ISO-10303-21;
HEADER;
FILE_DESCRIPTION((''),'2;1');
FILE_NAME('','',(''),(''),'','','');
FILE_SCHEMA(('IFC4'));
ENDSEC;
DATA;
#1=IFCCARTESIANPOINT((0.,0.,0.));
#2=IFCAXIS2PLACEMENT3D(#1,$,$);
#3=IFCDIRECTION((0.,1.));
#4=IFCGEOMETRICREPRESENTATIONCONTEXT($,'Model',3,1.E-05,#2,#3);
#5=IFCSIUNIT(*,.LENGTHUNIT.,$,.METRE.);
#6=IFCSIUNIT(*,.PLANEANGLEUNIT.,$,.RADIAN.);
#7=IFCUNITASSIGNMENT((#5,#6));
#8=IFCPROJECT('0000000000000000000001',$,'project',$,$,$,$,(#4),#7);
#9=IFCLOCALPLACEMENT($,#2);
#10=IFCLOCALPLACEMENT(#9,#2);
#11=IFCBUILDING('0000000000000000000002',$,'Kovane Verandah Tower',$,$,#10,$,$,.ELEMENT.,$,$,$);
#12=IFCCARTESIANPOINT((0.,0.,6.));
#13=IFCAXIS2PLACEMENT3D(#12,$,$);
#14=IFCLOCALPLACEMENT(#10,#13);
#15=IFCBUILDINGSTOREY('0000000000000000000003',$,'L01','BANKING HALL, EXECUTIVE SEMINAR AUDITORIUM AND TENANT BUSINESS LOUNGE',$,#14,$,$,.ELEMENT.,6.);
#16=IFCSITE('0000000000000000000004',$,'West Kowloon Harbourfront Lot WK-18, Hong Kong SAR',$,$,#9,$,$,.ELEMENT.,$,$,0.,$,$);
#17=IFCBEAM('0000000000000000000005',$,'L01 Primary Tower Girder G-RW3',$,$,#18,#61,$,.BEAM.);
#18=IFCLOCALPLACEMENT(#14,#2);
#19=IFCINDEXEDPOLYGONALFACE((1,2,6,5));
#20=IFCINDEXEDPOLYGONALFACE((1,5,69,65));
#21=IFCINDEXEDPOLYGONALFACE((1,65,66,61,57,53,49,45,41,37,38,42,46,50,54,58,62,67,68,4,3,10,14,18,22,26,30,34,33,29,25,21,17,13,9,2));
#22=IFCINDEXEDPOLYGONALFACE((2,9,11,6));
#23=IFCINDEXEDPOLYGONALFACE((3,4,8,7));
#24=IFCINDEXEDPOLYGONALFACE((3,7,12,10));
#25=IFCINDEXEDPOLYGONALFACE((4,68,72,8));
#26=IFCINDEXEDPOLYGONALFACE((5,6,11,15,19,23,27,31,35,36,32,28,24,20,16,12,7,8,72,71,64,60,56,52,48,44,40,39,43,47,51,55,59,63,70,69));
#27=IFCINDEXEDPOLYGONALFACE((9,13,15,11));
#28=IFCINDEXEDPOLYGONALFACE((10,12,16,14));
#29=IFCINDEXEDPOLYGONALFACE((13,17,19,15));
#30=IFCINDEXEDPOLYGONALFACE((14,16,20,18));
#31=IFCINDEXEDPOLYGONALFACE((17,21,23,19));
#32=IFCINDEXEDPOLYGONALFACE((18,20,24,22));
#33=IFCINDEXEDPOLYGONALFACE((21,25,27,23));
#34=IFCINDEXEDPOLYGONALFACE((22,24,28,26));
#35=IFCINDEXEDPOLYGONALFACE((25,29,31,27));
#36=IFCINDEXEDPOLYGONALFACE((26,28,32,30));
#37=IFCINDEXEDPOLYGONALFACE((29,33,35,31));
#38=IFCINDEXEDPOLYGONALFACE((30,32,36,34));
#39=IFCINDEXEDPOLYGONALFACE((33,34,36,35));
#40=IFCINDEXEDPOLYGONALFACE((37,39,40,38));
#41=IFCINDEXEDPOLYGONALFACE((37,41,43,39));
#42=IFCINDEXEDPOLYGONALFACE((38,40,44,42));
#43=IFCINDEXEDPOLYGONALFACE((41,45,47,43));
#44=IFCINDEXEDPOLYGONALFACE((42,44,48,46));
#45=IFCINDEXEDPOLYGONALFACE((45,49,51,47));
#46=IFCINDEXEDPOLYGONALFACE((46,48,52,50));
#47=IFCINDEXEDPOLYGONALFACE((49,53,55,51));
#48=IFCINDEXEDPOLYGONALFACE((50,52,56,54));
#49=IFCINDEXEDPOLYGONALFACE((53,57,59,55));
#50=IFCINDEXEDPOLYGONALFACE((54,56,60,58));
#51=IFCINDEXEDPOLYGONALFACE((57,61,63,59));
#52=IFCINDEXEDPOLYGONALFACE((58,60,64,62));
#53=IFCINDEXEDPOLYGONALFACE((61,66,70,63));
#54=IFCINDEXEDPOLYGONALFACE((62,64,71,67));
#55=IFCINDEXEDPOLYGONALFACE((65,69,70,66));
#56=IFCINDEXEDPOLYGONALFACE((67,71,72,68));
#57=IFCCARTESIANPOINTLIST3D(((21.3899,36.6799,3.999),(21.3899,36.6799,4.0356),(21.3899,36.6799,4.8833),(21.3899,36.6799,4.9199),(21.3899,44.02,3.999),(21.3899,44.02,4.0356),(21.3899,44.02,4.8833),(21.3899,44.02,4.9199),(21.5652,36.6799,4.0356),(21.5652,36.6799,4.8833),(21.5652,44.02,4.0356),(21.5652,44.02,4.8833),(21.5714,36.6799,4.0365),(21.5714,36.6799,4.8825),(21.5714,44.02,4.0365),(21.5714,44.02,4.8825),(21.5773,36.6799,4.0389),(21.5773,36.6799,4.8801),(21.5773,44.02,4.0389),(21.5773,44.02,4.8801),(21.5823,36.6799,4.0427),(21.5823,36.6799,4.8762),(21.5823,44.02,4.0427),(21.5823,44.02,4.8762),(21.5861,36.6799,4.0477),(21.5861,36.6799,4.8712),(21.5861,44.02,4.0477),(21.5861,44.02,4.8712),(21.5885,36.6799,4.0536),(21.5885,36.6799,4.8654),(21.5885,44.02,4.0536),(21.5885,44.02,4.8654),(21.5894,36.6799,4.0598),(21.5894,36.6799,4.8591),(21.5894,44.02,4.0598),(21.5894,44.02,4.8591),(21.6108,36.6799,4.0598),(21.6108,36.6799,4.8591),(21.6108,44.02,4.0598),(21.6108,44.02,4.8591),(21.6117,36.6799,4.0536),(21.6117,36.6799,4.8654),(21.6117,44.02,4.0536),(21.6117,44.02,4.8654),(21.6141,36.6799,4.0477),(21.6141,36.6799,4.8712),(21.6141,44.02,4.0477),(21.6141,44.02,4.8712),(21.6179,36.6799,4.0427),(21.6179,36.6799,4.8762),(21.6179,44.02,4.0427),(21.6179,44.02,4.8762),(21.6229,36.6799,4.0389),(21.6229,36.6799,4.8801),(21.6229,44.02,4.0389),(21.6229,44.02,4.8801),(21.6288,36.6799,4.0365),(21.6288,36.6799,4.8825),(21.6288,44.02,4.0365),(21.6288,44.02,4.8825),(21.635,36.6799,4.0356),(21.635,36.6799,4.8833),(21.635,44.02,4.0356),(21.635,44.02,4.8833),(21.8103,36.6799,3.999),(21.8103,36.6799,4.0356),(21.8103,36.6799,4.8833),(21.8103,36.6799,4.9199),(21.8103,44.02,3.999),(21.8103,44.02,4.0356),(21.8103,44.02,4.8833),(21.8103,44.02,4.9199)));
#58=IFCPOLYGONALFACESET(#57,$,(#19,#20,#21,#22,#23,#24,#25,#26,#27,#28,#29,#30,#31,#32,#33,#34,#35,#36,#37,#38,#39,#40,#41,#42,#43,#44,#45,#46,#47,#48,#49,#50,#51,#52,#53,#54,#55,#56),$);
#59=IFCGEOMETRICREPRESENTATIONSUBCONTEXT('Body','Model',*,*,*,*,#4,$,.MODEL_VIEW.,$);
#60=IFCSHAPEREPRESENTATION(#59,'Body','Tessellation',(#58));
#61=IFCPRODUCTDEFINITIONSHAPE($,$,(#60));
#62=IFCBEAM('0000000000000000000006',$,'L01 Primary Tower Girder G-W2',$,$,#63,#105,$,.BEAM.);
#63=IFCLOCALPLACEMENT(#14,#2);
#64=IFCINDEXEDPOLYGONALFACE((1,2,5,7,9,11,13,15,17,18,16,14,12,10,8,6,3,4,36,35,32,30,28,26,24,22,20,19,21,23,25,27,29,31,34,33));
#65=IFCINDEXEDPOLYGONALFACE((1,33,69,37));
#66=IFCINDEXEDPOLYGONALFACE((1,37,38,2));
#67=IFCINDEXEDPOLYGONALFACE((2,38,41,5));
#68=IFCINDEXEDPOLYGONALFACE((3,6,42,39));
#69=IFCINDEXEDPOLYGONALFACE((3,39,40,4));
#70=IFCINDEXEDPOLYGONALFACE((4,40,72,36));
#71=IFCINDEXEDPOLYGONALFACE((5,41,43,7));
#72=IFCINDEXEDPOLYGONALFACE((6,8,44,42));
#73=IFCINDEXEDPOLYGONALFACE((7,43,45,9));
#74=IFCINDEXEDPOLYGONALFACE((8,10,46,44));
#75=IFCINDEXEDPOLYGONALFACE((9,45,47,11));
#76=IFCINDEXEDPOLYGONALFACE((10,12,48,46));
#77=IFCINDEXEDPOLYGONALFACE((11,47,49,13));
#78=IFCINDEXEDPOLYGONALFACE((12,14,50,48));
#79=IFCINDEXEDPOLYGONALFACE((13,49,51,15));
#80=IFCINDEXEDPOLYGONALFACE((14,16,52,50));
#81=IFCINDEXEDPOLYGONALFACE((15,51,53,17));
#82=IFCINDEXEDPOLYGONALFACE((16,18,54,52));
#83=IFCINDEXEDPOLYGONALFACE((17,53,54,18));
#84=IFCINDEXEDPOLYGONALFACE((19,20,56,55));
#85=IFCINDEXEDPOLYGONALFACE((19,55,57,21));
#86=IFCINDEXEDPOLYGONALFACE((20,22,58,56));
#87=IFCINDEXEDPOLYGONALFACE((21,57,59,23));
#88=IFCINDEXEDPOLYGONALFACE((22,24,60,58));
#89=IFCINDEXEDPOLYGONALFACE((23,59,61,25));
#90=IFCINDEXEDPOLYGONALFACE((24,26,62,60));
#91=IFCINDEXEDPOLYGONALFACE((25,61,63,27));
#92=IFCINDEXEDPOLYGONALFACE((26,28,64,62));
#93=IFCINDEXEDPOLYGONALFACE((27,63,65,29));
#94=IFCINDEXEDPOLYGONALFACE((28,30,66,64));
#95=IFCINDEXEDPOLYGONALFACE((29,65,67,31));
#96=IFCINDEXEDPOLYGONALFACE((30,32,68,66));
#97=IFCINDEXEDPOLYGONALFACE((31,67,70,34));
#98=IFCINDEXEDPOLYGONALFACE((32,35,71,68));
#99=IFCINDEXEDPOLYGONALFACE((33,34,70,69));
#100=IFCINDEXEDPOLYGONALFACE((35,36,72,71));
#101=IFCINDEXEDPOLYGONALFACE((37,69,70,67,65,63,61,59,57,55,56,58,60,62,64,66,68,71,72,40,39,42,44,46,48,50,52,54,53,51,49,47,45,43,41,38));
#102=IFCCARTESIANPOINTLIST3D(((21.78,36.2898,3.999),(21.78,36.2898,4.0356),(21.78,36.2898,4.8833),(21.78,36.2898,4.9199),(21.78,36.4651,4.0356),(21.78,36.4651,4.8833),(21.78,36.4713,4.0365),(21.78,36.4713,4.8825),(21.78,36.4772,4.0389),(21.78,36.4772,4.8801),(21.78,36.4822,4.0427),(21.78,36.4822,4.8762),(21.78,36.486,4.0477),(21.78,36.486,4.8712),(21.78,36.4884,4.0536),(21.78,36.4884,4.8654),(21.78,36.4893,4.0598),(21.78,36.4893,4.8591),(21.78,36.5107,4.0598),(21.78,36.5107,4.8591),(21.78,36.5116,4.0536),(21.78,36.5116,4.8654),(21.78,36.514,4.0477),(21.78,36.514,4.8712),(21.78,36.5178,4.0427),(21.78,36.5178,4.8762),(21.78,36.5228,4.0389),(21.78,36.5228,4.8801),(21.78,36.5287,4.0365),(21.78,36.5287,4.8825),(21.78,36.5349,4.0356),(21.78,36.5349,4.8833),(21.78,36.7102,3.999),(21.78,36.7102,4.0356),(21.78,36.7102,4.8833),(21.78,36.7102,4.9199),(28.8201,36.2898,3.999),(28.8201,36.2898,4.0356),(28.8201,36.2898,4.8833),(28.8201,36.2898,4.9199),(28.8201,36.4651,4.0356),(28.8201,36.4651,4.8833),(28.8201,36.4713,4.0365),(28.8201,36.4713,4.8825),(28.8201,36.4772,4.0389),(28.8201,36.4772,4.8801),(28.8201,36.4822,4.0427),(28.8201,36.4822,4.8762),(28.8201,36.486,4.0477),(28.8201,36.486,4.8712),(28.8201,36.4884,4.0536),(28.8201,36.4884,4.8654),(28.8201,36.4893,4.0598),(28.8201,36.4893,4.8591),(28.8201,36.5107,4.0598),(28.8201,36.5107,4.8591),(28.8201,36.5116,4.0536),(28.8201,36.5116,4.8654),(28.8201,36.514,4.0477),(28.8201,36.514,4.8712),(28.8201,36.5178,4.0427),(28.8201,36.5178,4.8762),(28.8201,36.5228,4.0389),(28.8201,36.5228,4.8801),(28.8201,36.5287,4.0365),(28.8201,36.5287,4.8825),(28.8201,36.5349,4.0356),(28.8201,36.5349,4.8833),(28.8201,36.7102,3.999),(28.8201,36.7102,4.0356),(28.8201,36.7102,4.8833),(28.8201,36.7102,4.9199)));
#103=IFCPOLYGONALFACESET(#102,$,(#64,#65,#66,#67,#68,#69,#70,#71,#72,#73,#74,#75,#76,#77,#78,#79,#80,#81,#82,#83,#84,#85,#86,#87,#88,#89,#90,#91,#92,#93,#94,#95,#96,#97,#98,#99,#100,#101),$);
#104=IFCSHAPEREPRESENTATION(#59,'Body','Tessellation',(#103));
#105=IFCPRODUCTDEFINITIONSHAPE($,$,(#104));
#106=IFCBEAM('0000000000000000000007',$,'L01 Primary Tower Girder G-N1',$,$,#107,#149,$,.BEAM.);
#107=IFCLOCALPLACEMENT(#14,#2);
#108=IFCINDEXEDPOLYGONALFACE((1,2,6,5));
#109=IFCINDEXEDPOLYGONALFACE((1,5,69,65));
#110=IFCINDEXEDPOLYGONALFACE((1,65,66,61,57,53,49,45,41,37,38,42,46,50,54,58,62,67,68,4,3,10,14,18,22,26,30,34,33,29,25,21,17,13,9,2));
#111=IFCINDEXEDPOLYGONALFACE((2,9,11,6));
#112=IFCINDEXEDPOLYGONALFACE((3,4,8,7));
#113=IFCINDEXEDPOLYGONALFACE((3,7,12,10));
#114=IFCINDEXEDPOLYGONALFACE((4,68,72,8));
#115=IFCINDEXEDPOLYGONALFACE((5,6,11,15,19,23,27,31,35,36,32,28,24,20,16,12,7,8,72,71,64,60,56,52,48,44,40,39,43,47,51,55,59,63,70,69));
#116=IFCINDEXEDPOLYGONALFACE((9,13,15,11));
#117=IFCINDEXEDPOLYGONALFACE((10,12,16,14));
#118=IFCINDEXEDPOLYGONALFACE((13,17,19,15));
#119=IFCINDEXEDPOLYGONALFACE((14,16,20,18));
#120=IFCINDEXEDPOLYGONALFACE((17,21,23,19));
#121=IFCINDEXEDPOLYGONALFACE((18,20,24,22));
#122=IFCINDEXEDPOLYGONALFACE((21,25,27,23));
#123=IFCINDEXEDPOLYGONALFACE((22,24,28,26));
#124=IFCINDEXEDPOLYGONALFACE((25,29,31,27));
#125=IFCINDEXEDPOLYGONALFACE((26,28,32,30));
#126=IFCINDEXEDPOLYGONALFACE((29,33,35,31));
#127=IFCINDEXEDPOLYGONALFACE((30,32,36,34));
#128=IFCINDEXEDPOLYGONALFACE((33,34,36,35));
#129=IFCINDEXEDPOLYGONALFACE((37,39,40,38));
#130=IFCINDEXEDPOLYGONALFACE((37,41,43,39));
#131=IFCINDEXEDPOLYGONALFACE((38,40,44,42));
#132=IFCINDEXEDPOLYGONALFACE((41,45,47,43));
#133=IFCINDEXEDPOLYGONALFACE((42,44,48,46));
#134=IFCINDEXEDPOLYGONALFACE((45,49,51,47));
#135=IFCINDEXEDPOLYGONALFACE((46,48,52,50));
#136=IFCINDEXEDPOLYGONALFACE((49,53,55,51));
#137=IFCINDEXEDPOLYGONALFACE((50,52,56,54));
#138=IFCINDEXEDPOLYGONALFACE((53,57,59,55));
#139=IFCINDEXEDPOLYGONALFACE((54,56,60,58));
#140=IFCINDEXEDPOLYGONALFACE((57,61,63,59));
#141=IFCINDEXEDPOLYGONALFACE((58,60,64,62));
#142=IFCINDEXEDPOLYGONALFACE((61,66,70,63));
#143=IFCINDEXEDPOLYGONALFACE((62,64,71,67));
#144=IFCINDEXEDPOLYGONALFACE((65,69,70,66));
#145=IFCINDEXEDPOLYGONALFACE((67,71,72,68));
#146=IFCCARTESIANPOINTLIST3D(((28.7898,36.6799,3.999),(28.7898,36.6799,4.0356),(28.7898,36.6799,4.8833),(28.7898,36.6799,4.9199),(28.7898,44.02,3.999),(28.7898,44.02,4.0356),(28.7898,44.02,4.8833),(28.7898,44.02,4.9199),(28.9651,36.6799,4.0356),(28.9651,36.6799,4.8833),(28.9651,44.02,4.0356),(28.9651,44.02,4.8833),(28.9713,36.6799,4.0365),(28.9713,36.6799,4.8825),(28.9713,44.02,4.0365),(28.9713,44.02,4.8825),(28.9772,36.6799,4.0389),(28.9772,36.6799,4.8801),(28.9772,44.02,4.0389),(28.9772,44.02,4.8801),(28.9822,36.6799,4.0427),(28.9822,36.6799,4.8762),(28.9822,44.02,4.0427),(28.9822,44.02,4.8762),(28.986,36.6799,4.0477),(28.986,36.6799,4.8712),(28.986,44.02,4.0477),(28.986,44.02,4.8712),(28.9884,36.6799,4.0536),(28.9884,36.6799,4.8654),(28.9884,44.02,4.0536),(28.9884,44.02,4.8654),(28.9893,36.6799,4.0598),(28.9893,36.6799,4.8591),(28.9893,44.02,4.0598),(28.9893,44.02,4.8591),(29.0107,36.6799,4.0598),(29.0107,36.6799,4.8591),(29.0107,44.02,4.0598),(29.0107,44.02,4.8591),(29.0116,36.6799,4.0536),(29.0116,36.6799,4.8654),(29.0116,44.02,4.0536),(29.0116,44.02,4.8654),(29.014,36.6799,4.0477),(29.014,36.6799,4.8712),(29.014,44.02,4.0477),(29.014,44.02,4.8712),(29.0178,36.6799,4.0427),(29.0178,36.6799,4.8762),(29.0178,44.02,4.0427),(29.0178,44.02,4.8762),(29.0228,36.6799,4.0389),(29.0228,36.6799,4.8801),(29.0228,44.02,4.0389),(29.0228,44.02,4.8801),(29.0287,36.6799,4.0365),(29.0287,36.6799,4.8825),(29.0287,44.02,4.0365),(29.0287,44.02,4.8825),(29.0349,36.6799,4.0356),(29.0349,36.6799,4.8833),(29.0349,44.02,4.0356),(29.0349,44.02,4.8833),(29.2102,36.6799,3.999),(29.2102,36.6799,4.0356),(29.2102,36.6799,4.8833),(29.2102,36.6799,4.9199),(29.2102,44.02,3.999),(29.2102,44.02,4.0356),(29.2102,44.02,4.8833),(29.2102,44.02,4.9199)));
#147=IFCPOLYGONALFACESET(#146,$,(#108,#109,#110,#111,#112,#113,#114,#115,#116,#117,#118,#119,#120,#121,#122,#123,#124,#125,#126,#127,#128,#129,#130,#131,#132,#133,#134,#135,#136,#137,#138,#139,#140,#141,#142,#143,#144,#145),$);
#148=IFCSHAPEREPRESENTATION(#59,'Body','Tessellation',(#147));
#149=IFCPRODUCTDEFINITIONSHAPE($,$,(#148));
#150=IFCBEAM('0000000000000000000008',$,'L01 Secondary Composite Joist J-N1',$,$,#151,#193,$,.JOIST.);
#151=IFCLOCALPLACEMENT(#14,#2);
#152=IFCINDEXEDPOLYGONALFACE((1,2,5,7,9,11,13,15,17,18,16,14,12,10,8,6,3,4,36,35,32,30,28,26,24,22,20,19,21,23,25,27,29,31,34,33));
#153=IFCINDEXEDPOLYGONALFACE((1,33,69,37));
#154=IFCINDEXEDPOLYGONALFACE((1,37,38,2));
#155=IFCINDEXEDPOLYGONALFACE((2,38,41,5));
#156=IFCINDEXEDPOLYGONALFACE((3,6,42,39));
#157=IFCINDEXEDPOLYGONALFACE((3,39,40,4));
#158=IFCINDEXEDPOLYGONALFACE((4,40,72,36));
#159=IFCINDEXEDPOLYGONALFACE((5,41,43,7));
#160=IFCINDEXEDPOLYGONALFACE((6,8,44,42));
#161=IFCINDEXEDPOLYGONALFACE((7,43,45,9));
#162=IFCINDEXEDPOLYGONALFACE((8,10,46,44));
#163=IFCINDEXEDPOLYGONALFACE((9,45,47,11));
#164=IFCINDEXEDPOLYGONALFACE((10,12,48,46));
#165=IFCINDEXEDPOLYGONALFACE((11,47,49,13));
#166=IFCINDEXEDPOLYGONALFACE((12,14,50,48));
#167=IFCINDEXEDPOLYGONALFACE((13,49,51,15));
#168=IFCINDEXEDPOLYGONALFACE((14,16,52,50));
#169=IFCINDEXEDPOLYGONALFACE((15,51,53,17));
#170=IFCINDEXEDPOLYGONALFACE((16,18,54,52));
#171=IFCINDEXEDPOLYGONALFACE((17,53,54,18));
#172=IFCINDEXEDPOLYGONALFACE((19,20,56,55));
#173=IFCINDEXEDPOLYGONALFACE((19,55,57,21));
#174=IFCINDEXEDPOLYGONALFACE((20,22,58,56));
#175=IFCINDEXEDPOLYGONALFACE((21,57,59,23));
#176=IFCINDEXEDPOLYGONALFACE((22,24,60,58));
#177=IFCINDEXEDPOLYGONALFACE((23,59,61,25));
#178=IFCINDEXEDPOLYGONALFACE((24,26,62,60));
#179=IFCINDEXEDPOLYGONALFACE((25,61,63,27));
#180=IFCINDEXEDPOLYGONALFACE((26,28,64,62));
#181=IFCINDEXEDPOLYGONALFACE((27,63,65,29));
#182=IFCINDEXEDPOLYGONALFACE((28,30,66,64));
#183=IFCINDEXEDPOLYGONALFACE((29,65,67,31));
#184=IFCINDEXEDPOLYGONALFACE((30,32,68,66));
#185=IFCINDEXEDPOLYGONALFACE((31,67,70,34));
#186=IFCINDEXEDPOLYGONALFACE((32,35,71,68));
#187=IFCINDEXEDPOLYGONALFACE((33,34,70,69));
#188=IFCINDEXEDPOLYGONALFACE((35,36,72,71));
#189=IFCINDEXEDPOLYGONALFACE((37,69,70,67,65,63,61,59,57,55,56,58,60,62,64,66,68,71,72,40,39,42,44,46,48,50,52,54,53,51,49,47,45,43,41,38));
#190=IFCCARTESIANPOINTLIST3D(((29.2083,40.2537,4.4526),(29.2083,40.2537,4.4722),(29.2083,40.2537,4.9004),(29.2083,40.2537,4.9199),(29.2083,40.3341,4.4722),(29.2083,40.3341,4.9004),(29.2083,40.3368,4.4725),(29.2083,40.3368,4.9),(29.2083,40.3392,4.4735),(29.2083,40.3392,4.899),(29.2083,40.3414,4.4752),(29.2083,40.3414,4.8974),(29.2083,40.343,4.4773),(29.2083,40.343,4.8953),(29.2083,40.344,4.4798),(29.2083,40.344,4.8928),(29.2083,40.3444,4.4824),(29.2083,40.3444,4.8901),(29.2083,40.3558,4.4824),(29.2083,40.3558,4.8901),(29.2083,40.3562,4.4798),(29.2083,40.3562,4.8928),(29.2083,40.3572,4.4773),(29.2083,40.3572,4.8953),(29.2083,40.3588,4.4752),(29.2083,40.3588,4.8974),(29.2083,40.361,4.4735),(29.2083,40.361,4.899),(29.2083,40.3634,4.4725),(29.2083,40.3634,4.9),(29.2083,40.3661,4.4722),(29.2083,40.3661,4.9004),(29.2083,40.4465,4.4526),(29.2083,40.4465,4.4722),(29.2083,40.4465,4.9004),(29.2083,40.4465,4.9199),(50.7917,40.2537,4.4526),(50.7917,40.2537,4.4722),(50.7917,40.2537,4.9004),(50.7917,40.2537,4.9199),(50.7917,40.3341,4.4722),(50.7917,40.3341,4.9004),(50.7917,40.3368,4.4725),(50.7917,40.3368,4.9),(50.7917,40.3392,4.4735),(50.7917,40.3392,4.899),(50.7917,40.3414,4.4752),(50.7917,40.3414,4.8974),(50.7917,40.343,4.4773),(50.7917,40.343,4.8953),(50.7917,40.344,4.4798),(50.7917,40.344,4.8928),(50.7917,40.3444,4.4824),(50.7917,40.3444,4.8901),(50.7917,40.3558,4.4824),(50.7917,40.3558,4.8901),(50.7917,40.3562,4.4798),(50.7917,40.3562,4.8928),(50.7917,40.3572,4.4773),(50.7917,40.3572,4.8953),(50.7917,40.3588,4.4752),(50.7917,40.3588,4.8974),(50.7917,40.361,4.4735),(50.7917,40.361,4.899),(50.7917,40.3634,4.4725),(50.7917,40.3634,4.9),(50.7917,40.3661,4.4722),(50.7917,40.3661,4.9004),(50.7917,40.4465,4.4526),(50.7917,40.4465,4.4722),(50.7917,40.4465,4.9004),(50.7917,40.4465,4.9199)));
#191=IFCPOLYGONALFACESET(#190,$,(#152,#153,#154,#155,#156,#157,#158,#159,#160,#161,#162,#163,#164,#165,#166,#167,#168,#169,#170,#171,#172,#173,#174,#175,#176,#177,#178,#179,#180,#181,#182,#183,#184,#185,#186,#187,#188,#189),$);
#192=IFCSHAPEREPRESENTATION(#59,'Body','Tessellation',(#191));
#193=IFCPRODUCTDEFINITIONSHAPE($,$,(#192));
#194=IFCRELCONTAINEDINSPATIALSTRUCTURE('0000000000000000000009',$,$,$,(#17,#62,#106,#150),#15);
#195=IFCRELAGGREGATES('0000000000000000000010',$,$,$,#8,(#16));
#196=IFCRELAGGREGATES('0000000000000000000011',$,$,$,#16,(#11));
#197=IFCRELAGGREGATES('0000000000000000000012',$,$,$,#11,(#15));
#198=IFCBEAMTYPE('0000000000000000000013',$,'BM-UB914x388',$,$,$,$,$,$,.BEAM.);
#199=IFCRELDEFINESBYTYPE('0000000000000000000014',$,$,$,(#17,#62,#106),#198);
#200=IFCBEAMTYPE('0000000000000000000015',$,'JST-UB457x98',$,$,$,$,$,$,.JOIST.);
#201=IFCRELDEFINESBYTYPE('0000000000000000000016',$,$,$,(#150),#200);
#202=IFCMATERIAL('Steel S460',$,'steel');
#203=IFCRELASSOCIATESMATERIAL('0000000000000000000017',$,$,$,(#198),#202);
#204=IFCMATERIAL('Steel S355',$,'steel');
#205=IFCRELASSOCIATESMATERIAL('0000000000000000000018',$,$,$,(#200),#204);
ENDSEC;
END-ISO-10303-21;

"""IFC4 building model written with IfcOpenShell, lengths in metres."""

from ifc_helpers import new_model, si_unit, direction, frame, origin, origin_2d, place, context, subcontext, project, spatial, i_section, extrude, material, material_profile, profile_set, type_object, element, save


model = new_model("IFC4")

# Units and contexts
model_context = context("Model", 3, precision=1e-05, world=origin(), true_north=direction((0.0, 1.0)))
body_context = subcontext(model_context, "Body", "Model", "MODEL_VIEW")
ifc_project = project(units=[si_unit("LENGTHUNIT", "METRE"), si_unit("PLANEANGLEUNIT", "RADIAN")], contexts=[model_context])

# Site, building, storey
site_placement = place(None, origin())
site = spatial("IfcSite", under=ifc_project, at=site_placement, Name="West Kowloon Harbourfront Lot WK-18, Hong Kong SAR", CompositionType="ELEMENT", RefElevation=0.0)
building_placement = place(site_placement, origin())
building = spatial("IfcBuilding", under=site, at=building_placement, Name="Kovane Verandah Tower", CompositionType="ELEMENT")
storey_placement = place(building_placement, frame((0.0, 0.0, 6.0)))
storey = spatial("IfcBuildingStorey", under=building, at=storey_placement, Name="L01", Description="BANKING HALL, EXECUTIVE SEMINAR AUDITORIUM AND TENANT BUSINESS LOUNGE", CompositionType="ELEMENT", Elevation=6.0)

# Shared definitions
ifc_material_1 = material(Name="Steel S460", Category="steel")

# Beams
ifc_material_profile_1 = material_profile(ifc_material_1, i_section(OverallWidth=0.4204, OverallDepth=0.9209, WebThickness=0.0215, FlangeThickness=0.0366, FilletRadius=0.0242, at=origin_2d()), Name="UB914x419x388")
ifc_profile_set_1 = profile_set([ifc_material_profile_1], Name="Steel S460")
beam_type_1 = type_object("IfcBeamType", Name="BM-UB914x388", PredefinedType="BEAM", material=ifc_profile_set_1)
beam_1_placement = place(storey_placement, frame((21.6001, 36.6799, 4.4595), z_axis=(0.0, 1.0, 0.0), x_axis=(-1.0, 0.0, 0.0)))
element("IfcBeam", 1, at=beam_1_placement, inside=storey, type_object=beam_type_1, Name="L01 Primary Tower Girder G-RW3", PredefinedType="BEAM", context=body_context, shape_type="SweptSolid", body=[
    extrude(i_section(OverallWidth=0.4204, OverallDepth=0.9209, WebThickness=0.0215, FlangeThickness=0.0366, FilletRadius=0.0242, at=origin_2d()), origin(), (0.0, 0.0, 1.0), 7.3401),
])
beam_2_placement = place(storey_placement, frame((28.8201, 36.5, 4.4595), z_axis=(-1.0, 0.0, 0.0), x_axis=(0.0, -1.0, 0.0)))
element("IfcBeam", 2, at=beam_2_placement, inside=storey, type_object=beam_type_1, Name="L01 Primary Tower Girder G-W2", PredefinedType="BEAM", context=body_context, shape_type="SweptSolid", body=[
    extrude(i_section(OverallWidth=0.4204, OverallDepth=0.9209, WebThickness=0.0215, FlangeThickness=0.0366, FilletRadius=0.0242, at=origin_2d()), origin(), (0.0, 0.0, 1.0), 7.04),
])
beam_3_placement = place(storey_placement, frame((29.0, 36.6799, 4.4595), z_axis=(0.0, 1.0, 0.0), x_axis=(-1.0, 0.0, 0.0)))
element("IfcBeam", 3, at=beam_3_placement, inside=storey, type_object=beam_type_1, Name="L01 Primary Tower Girder G-N1", PredefinedType="BEAM", context=body_context, shape_type="SweptSolid", body=[
    extrude(i_section(OverallWidth=0.4204, OverallDepth=0.9209, WebThickness=0.0215, FlangeThickness=0.0366, FilletRadius=0.0242, at=origin_2d()), origin(), (0.0, 0.0, 1.0), 7.3401),
])
ifc_material_2 = material(Name="Steel S355", Category="steel")
ifc_material_profile_2 = material_profile(ifc_material_2, i_section(OverallWidth=0.1929, OverallDepth=0.4673, WebThickness=0.0115, FlangeThickness=0.0195, FilletRadius=0.0103, at=origin_2d()), Name="UB457x191x98")
ifc_profile_set_2 = profile_set([ifc_material_profile_2], Name="Steel S355")
beam_type_2 = type_object("IfcBeamType", Name="JST-UB457x98", PredefinedType="JOIST", material=ifc_profile_set_2)
beam_4_placement = place(storey_placement, frame((29.2083, 40.3501, 4.6863), z_axis=(1.0, 0.0, 0.0), x_axis=(0.0, 1.0, 0.0)))
element("IfcBeam", 4, at=beam_4_placement, inside=storey, type_object=beam_type_2, Name="L01 Secondary Composite Joist J-N1", PredefinedType="JOIST", context=body_context, shape_type="SweptSolid", body=[
    extrude(i_section(OverallWidth=0.1929, OverallDepth=0.4673, WebThickness=0.0115, FlangeThickness=0.0195, FilletRadius=0.0103, at=origin_2d()), origin(), (0.0, 0.0, 1.0), 21.5835),
])

save(model, "model.ifc")
